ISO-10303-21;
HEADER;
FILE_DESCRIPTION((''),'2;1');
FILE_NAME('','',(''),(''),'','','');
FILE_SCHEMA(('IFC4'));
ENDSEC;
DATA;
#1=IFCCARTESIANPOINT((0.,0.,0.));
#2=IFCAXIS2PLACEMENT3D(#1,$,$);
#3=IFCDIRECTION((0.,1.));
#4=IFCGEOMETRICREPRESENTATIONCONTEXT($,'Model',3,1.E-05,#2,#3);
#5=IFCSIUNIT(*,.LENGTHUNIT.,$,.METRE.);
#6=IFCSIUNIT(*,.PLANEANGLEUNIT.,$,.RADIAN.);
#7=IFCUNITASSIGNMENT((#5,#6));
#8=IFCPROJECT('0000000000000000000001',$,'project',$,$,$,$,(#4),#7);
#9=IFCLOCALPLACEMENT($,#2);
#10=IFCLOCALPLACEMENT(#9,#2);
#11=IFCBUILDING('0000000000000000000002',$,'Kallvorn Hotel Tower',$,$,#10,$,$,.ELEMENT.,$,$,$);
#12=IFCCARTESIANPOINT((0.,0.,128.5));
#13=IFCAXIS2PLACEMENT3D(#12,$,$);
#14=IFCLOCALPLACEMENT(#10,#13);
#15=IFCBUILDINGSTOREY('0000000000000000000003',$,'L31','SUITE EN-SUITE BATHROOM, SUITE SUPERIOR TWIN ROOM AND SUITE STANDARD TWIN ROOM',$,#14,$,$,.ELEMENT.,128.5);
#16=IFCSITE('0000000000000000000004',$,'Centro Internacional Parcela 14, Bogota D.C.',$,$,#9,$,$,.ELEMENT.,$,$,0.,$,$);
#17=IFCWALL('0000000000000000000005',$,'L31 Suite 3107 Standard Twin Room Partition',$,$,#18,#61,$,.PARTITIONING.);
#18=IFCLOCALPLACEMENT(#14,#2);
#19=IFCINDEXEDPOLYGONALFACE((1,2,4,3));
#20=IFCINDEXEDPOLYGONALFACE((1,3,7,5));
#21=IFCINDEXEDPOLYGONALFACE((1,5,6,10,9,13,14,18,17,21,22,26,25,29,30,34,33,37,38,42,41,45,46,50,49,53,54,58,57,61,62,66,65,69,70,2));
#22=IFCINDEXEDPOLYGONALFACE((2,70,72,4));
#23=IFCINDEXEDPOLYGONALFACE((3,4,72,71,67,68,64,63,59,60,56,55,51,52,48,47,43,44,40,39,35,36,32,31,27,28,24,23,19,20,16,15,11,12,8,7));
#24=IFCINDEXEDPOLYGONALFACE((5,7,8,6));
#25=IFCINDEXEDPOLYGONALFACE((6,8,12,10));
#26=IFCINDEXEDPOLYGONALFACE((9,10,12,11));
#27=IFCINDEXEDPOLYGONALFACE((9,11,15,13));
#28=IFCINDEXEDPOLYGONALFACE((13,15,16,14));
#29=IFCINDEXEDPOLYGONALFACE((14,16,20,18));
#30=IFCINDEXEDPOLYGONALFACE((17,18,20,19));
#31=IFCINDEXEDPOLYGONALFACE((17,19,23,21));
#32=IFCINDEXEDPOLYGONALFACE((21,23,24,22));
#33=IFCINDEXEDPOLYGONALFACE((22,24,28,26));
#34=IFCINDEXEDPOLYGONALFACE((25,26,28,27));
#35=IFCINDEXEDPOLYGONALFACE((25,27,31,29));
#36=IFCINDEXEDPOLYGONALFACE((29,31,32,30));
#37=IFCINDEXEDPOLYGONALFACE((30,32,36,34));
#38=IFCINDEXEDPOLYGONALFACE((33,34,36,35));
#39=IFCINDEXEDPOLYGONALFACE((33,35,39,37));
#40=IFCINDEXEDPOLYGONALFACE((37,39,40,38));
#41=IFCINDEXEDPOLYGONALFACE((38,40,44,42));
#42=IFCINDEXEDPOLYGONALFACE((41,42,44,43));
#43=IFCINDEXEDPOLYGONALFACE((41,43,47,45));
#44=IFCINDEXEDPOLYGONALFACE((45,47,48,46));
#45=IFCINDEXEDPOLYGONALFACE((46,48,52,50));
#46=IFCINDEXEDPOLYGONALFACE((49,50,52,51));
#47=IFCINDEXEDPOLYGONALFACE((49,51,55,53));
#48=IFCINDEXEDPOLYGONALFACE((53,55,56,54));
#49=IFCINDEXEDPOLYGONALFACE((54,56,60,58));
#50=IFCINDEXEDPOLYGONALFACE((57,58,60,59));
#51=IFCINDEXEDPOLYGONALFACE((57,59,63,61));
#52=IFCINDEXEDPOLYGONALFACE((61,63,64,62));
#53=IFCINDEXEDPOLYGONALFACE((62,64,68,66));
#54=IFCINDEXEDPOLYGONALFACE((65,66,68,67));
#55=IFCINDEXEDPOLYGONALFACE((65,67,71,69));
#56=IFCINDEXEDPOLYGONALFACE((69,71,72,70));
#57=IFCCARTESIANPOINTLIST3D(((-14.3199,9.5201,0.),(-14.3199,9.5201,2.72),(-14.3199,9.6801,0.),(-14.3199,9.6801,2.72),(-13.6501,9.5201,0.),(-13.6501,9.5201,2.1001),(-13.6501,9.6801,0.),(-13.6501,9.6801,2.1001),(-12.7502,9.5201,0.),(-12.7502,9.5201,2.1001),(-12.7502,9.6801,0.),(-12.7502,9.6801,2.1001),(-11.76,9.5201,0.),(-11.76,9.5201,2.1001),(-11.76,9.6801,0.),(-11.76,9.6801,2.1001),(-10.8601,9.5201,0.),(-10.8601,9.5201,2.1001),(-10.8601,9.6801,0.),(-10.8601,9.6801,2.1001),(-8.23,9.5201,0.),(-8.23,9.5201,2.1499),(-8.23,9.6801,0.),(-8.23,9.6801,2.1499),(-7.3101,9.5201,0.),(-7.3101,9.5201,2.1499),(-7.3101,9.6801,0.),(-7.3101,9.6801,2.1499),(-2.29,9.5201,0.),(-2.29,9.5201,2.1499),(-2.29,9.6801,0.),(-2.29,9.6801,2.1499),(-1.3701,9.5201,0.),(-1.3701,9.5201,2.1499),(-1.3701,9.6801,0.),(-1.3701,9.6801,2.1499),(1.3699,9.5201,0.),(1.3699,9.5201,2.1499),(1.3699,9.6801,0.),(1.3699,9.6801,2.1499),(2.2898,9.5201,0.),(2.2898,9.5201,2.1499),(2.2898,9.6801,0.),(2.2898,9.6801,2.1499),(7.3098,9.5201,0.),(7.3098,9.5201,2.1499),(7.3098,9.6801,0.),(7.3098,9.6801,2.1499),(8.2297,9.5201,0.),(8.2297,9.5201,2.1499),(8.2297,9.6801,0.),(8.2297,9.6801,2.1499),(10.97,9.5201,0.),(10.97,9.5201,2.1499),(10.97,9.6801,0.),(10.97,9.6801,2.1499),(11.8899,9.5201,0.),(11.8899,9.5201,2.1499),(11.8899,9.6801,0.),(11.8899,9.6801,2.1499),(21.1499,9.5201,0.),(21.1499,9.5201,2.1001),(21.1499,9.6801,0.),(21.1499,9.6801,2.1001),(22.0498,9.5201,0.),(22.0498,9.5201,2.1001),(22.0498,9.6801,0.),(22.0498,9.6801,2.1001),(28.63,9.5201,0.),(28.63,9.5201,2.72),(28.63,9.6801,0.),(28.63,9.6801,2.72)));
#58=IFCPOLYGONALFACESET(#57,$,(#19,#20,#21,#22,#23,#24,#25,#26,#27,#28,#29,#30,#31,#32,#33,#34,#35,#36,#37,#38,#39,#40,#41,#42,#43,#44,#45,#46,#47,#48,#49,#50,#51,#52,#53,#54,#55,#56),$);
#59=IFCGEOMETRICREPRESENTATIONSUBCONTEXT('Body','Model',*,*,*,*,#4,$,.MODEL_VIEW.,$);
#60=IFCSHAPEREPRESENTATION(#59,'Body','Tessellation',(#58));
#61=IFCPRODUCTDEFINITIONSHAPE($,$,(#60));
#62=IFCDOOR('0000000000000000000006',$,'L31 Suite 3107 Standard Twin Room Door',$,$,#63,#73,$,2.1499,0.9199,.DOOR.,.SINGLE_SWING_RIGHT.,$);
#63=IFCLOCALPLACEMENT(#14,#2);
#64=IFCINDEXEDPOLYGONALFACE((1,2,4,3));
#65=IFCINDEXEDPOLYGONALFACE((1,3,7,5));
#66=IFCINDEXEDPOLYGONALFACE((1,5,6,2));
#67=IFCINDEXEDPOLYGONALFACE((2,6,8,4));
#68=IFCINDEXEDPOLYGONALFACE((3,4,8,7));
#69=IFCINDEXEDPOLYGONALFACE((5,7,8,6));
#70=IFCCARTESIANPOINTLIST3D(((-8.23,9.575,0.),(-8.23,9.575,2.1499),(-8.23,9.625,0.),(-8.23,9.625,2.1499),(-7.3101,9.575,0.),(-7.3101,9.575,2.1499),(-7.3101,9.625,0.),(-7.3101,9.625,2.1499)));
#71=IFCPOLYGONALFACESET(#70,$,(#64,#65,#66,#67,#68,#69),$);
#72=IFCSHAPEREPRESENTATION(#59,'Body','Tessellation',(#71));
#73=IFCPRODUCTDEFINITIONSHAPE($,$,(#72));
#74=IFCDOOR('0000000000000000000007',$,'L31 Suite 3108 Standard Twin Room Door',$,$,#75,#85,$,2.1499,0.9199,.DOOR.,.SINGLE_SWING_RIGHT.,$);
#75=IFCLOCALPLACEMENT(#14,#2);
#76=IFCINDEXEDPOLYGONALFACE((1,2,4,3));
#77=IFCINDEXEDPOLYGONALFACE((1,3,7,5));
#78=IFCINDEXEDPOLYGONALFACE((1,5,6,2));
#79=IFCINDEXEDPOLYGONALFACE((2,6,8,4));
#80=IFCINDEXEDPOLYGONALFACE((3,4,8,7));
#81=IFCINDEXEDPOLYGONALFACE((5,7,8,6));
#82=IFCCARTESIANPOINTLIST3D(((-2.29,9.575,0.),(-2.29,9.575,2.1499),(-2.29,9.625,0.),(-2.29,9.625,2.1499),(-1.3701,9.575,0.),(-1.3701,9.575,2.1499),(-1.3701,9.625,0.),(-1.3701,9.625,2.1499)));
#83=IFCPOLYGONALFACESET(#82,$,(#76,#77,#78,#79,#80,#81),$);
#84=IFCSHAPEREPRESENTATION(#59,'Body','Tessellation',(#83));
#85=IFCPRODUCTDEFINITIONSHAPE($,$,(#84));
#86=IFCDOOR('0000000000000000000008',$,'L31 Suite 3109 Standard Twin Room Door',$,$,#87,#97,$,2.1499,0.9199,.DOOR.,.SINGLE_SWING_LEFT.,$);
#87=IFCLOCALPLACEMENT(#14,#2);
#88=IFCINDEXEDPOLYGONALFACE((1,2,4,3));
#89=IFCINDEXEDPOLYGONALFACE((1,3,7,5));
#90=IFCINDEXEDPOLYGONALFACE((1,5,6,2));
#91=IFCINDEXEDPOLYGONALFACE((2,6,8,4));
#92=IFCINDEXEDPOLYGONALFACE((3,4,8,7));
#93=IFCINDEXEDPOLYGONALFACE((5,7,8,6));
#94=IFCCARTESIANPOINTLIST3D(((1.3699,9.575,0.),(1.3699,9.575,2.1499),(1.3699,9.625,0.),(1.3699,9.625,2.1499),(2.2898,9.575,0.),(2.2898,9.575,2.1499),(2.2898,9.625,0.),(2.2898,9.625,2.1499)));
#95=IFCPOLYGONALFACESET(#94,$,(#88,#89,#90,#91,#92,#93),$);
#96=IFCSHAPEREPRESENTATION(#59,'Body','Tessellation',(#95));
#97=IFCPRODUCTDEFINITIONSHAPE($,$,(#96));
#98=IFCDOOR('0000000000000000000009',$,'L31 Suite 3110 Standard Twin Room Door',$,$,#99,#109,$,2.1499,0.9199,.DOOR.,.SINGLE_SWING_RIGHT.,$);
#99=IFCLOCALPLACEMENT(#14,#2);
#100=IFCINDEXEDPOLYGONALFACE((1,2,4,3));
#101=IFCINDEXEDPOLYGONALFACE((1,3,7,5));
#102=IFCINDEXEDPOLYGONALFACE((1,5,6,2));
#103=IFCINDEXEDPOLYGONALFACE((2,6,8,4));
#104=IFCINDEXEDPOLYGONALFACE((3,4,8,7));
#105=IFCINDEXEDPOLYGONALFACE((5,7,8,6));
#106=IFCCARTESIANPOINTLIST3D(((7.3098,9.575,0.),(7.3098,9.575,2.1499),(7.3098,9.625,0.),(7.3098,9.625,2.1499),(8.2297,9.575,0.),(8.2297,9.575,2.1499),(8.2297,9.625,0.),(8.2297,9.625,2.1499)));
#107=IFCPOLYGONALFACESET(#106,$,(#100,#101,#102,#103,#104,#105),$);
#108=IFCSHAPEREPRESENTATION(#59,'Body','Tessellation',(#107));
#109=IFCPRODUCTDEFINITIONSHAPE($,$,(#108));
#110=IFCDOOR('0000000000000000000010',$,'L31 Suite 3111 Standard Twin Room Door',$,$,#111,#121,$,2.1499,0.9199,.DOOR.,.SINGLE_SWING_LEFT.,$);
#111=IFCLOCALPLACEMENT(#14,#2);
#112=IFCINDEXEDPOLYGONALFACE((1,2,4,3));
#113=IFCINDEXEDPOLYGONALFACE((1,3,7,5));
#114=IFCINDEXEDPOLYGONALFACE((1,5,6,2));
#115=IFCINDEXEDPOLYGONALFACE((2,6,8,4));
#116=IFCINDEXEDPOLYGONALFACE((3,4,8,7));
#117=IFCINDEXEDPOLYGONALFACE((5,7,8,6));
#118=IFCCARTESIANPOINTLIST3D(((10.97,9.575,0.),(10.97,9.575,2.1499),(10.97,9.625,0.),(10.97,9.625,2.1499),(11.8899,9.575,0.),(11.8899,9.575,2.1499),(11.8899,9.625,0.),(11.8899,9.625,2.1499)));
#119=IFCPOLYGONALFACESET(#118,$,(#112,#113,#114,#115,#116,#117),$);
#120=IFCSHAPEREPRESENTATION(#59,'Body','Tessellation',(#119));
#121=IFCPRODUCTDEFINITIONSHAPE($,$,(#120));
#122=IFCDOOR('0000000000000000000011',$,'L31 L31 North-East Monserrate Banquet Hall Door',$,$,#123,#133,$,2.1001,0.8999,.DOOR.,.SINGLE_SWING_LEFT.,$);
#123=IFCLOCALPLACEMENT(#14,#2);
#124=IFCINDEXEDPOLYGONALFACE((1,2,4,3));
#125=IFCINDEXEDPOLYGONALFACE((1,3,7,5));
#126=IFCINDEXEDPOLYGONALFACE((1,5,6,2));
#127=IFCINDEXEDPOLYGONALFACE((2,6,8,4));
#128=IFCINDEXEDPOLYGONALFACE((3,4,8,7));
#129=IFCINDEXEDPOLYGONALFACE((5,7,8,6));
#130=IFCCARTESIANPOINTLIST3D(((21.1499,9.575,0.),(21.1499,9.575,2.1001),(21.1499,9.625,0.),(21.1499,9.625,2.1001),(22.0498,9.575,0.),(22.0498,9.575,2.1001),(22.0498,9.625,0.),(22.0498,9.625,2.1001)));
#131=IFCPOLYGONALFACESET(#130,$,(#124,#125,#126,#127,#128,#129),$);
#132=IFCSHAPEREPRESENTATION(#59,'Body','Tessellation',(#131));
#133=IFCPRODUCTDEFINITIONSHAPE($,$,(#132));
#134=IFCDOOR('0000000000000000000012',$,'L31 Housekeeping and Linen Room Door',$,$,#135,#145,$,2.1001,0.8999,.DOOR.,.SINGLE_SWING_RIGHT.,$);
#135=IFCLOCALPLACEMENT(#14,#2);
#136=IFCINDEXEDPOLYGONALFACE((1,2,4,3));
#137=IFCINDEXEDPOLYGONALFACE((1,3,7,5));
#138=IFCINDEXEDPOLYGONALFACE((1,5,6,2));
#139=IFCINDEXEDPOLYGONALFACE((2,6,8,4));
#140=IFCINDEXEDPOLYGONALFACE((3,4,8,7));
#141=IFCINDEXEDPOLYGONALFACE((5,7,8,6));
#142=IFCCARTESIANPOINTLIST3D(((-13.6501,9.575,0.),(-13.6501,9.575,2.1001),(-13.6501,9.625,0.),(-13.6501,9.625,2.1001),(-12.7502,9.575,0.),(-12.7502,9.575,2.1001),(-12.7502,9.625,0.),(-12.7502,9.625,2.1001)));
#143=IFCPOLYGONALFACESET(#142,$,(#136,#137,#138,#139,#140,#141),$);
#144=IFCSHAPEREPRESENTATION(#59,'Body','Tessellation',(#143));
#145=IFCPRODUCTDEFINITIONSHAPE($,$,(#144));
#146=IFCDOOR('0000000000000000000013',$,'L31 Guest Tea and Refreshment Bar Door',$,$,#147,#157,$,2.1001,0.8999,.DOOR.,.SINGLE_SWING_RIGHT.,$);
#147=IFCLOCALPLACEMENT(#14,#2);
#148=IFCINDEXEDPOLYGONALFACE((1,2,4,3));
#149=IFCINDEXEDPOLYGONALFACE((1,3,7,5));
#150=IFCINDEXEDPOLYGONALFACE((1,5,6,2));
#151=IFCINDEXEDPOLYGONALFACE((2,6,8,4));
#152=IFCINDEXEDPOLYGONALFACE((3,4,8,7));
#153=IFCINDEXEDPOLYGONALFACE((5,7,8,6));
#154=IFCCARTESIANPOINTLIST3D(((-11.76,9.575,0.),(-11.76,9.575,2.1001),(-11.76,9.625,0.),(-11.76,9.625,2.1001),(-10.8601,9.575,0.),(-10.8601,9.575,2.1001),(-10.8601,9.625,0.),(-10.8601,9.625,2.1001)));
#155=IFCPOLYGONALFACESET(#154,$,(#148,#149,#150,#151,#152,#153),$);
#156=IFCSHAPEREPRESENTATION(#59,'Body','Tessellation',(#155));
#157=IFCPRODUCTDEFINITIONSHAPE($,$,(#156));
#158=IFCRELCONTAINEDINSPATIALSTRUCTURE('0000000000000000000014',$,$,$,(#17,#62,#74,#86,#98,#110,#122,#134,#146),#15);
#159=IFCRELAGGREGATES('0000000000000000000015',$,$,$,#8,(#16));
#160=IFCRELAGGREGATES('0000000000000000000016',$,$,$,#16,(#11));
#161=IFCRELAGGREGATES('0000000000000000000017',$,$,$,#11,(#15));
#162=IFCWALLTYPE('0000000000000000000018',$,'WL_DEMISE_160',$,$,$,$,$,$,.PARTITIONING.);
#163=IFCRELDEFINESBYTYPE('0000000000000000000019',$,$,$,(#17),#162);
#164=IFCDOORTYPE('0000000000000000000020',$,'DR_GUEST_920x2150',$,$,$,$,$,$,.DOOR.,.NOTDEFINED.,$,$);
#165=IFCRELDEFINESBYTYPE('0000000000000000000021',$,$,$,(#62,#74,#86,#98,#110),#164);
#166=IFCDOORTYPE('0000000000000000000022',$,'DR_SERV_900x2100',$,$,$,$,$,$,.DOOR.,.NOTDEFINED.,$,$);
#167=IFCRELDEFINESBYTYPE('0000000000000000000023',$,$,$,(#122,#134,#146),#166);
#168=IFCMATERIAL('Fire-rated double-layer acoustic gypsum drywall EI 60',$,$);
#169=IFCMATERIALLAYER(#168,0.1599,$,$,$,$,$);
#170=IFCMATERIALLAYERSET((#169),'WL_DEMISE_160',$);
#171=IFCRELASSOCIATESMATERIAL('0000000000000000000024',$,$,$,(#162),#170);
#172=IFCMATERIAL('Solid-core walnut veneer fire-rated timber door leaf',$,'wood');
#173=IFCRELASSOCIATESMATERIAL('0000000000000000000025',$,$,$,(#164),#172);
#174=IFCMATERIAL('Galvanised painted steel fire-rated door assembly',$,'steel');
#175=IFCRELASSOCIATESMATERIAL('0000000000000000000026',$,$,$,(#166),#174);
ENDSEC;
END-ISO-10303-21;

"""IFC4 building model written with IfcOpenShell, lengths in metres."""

from ifc_helpers import new_model, si_unit, direction, frame, frame_2d, origin, place, context, subcontext, project, spatial, rectangle, extrude, material, layer, layer_set, type_object, element, fill, save


model = new_model("IFC4")

# Units and contexts
model_context = context("Model", 3, precision=1e-05, world=origin(), true_north=direction((0.0, 1.0)))
body_context = subcontext(model_context, "Body", "Model", "MODEL_VIEW")
ifc_project = project(units=[si_unit("LENGTHUNIT", "METRE"), si_unit("PLANEANGLEUNIT", "RADIAN")], contexts=[model_context])

# Site, building, storey
site_placement = place(None, origin())
site = spatial("IfcSite", under=ifc_project, at=site_placement, Name="Centro Internacional Parcela 14, Bogota D.C.", CompositionType="ELEMENT", RefElevation=0.0)
building_placement = place(site_placement, origin())
building = spatial("IfcBuilding", under=site, at=building_placement, Name="Kallvorn Hotel Tower", CompositionType="ELEMENT")
storey_placement = place(building_placement, frame((0.0, 0.0, 128.5)))
storey = spatial("IfcBuildingStorey", under=building, at=storey_placement, Name="L31", Description="SUITE EN-SUITE BATHROOM, SUITE SUPERIOR TWIN ROOM AND SUITE STANDARD TWIN ROOM", CompositionType="ELEMENT", Elevation=128.5)

# Wall, openings, doors
ifc_material_1 = material(Name="Fire-rated double-layer acoustic gypsum drywall EI 60")
ifc_layer_1 = layer(ifc_material_1, 0.1599)
ifc_layer_set_1 = layer_set([ifc_layer_1], Name="WL_DEMISE_160")
wall_type_1 = type_object("IfcWallType", Name="WL_DEMISE_160", PredefinedType="PARTITIONING", material=ifc_layer_set_1)
wall_1_placement = place(storey_placement, frame((-14.3201, 9.6001, 0.0), z_axis=(0.0, 0.0, 1.0), x_axis=(1.0, 0.0, 0.0)))
wall_1 = element("IfcWall", 1, at=wall_1_placement, inside=storey, type_object=wall_type_1, Name="L31 Suite 3107 Standard Twin Room Partition", PredefinedType="PARTITIONING", context=body_context, shape_type="SweptSolid", body=[
    extrude(rectangle(XDim=42.95, YDim=0.1599, at=frame_2d((21.4751, 0.0))), origin(), (0.0, 0.0, 1.0), 2.72),
])
opening_1_placement = place(wall_1_placement, frame((35.47, 0.0, 0.0)))
opening_1 = element("IfcOpeningElement", 2, at=opening_1_placement, cuts=wall_1, PredefinedType="OPENING", context=body_context, shape_type="SweptSolid", body=[
    extrude(rectangle(XDim=0.8999, YDim=2.1001, at=frame_2d((0.45, 1.05))), frame((0.0, 0.095, 0.0), z_axis=(0.0, -1.0, 0.0), x_axis=(1.0, 0.0, 0.0)), (0.0, 0.0, 1.0), 0.1899),
])
opening_2_placement = place(wall_1_placement, frame((0.6699, 0.0, 0.0)))
opening_2 = element("IfcOpeningElement", 3, at=opening_2_placement, cuts=wall_1, PredefinedType="OPENING", context=body_context, shape_type="SweptSolid", body=[
    extrude(rectangle(XDim=0.8999, YDim=2.1001, at=frame_2d((0.45, 1.05))), frame((0.0, 0.095, 0.0), z_axis=(0.0, -1.0, 0.0), x_axis=(1.0, 0.0, 0.0)), (0.0, 0.0, 1.0), 0.1899),
])
opening_3_placement = place(wall_1_placement, frame((2.5601, 0.0, 0.0)))
opening_3 = element("IfcOpeningElement", 4, at=opening_3_placement, cuts=wall_1, PredefinedType="OPENING", context=body_context, shape_type="SweptSolid", body=[
    extrude(rectangle(XDim=0.8999, YDim=2.1001, at=frame_2d((0.45, 1.05))), frame((0.0, 0.095, 0.0), z_axis=(0.0, -1.0, 0.0), x_axis=(1.0, 0.0, 0.0)), (0.0, 0.0, 1.0), 0.1899),
])
opening_4_placement = place(wall_1_placement, frame((6.0901, 0.0, 0.0)))
opening_4 = element("IfcOpeningElement", 5, at=opening_4_placement, cuts=wall_1, PredefinedType="OPENING", context=body_context, shape_type="SweptSolid", body=[
    extrude(rectangle(XDim=0.9199, YDim=2.1499, at=frame_2d((0.46, 1.075))), frame((0.0, 0.095, 0.0), z_axis=(0.0, -1.0, 0.0), x_axis=(1.0, 0.0, 0.0)), (0.0, 0.0, 1.0), 0.1899),
])
opening_5_placement = place(wall_1_placement, frame((12.03, 0.0, 0.0)))
opening_5 = element("IfcOpeningElement", 6, at=opening_5_placement, cuts=wall_1, PredefinedType="OPENING", context=body_context, shape_type="SweptSolid", body=[
    extrude(rectangle(XDim=0.9199, YDim=2.1499, at=frame_2d((0.46, 1.075))), frame((0.0, 0.095, 0.0), z_axis=(0.0, -1.0, 0.0), x_axis=(1.0, 0.0, 0.0)), (0.0, 0.0, 1.0), 0.1899),
])
opening_6_placement = place(wall_1_placement, frame((15.6899, 0.0, 0.0)))
opening_6 = element("IfcOpeningElement", 7, at=opening_6_placement, cuts=wall_1, PredefinedType="OPENING", context=body_context, shape_type="SweptSolid", body=[
    extrude(rectangle(XDim=0.9199, YDim=2.1499, at=frame_2d((0.46, 1.075))), frame((0.0, 0.095, 0.0), z_axis=(0.0, -1.0, 0.0), x_axis=(1.0, 0.0, 0.0)), (0.0, 0.0, 1.0), 0.1899),
])
opening_7_placement = place(wall_1_placement, frame((21.6299, 0.0, 0.0)))
opening_7 = element("IfcOpeningElement", 8, at=opening_7_placement, cuts=wall_1, PredefinedType="OPENING", context=body_context, shape_type="SweptSolid", body=[
    extrude(rectangle(XDim=0.9199, YDim=2.1499, at=frame_2d((0.46, 1.075))), frame((0.0, 0.095, 0.0), z_axis=(0.0, -1.0, 0.0), x_axis=(1.0, 0.0, 0.0)), (0.0, 0.0, 1.0), 0.1899),
])
opening_8_placement = place(wall_1_placement, frame((25.29, 0.0, 0.0)))
opening_8 = element("IfcOpeningElement", 9, at=opening_8_placement, cuts=wall_1, PredefinedType="OPENING", context=body_context, shape_type="SweptSolid", body=[
    extrude(rectangle(XDim=0.9199, YDim=2.1499, at=frame_2d((0.46, 1.075))), frame((0.0, 0.095, 0.0), z_axis=(0.0, -1.0, 0.0), x_axis=(1.0, 0.0, 0.0)), (0.0, 0.0, 1.0), 0.1899),
])
ifc_material_2 = material(Name="Solid-core walnut veneer fire-rated timber door leaf", Category="wood")
door_type_1 = type_object("IfcDoorType", Name="DR_GUEST_920x2150", OperationType="NOTDEFINED", PredefinedType="DOOR", material=ifc_material_2)
door_1_placement = place(opening_4_placement, origin())
door_1 = element("IfcDoor", 10, at=door_1_placement, inside=storey, type_object=door_type_1, Name="L31 Suite 3107 Standard Twin Room Door", OperationType="SINGLE_SWING_RIGHT", OverallHeight=2.1499, OverallWidth=0.9199, PredefinedType="DOOR", context=body_context, shape_type="SweptSolid", body=[
    extrude(rectangle(XDim=0.9199, YDim=2.1499, at=frame_2d((0.46, 1.075))), frame((0.0, 0.0249, 0.0), z_axis=(0.0, -1.0, 0.0), x_axis=(1.0, 0.0, 0.0)), (0.0, 0.0, 1.0), 0.05),
])
fill(opening_4, door_1)
door_2_placement = place(opening_5_placement, origin())
door_2 = element("IfcDoor", 11, at=door_2_placement, inside=storey, type_object=door_type_1, Name="L31 Suite 3108 Standard Twin Room Door", OperationType="SINGLE_SWING_RIGHT", OverallHeight=2.1499, OverallWidth=0.9199, PredefinedType="DOOR", context=body_context, shape_type="SweptSolid", body=[
    extrude(rectangle(XDim=0.9199, YDim=2.1499, at=frame_2d((0.46, 1.075))), frame((0.0, 0.0249, 0.0), z_axis=(0.0, -1.0, 0.0), x_axis=(1.0, 0.0, 0.0)), (0.0, 0.0, 1.0), 0.05),
])
fill(opening_5, door_2)
door_3_placement = place(opening_6_placement, origin())
door_3 = element("IfcDoor", 12, at=door_3_placement, inside=storey, type_object=door_type_1, Name="L31 Suite 3109 Standard Twin Room Door", OperationType="SINGLE_SWING_LEFT", OverallHeight=2.1499, OverallWidth=0.9199, PredefinedType="DOOR", context=body_context, shape_type="SweptSolid", body=[
    extrude(rectangle(XDim=0.9199, YDim=2.1499, at=frame_2d((0.46, 1.075))), frame((0.0, 0.0249, 0.0), z_axis=(0.0, -1.0, 0.0), x_axis=(1.0, 0.0, 0.0)), (0.0, 0.0, 1.0), 0.05),
])
fill(opening_6, door_3)
door_4_placement = place(opening_7_placement, origin())
door_4 = element("IfcDoor", 13, at=door_4_placement, inside=storey, type_object=door_type_1, Name="L31 Suite 3110 Standard Twin Room Door", OperationType="SINGLE_SWING_RIGHT", OverallHeight=2.1499, OverallWidth=0.9199, PredefinedType="DOOR", context=body_context, shape_type="SweptSolid", body=[
    extrude(rectangle(XDim=0.9199, YDim=2.1499, at=frame_2d((0.46, 1.075))), frame((0.0, 0.0249, 0.0), z_axis=(0.0, -1.0, 0.0), x_axis=(1.0, 0.0, 0.0)), (0.0, 0.0, 1.0), 0.05),
])
fill(opening_7, door_4)
door_5_placement = place(opening_8_placement, origin())
door_5 = element("IfcDoor", 14, at=door_5_placement, inside=storey, type_object=door_type_1, Name="L31 Suite 3111 Standard Twin Room Door", OperationType="SINGLE_SWING_LEFT", OverallHeight=2.1499, OverallWidth=0.9199, PredefinedType="DOOR", context=body_context, shape_type="SweptSolid", body=[
    extrude(rectangle(XDim=0.9199, YDim=2.1499, at=frame_2d((0.46, 1.075))), frame((0.0, 0.0249, 0.0), z_axis=(0.0, -1.0, 0.0), x_axis=(1.0, 0.0, 0.0)), (0.0, 0.0, 1.0), 0.05),
])
fill(opening_8, door_5)
ifc_material_3 = material(Name="Galvanised painted steel fire-rated door assembly", Category="steel")
door_type_2 = type_object("IfcDoorType", Name="DR_SERV_900x2100", OperationType="NOTDEFINED", PredefinedType="DOOR", material=ifc_material_3)
door_6_placement = place(opening_1_placement, origin())
door_6 = element("IfcDoor", 15, at=door_6_placement, inside=storey, type_object=door_type_2, Name="L31 L31 North-East Monserrate Banquet Hall Door", OperationType="SINGLE_SWING_LEFT", OverallHeight=2.1001, OverallWidth=0.8999, PredefinedType="DOOR", context=body_context, shape_type="SweptSolid", body=[
    extrude(rectangle(XDim=0.8999, YDim=2.1001, at=frame_2d((0.45, 1.05))), frame((0.0, 0.0249, 0.0), z_axis=(0.0, -1.0, 0.0), x_axis=(1.0, 0.0, 0.0)), (0.0, 0.0, 1.0), 0.05),
])
fill(opening_1, door_6)
door_7_placement = place(opening_2_placement, origin())
door_7 = element("IfcDoor", 16, at=door_7_placement, inside=storey, type_object=door_type_2, Name="L31 Housekeeping and Linen Room Door", OperationType="SINGLE_SWING_RIGHT", OverallHeight=2.1001, OverallWidth=0.8999, PredefinedType="DOOR", context=body_context, shape_type="SweptSolid", body=[
    extrude(rectangle(XDim=0.8999, YDim=2.1001, at=frame_2d((0.45, 1.05))), frame((0.0, 0.0249, 0.0), z_axis=(0.0, -1.0, 0.0), x_axis=(1.0, 0.0, 0.0)), (0.0, 0.0, 1.0), 0.05),
])
fill(opening_2, door_7)
door_8_placement = place(opening_3_placement, origin())
door_8 = element("IfcDoor", 17, at=door_8_placement, inside=storey, type_object=door_type_2, Name="L31 Guest Tea and Refreshment Bar Door", OperationType="SINGLE_SWING_RIGHT", OverallHeight=2.1001, OverallWidth=0.8999, PredefinedType="DOOR", context=body_context, shape_type="SweptSolid", body=[
    extrude(rectangle(XDim=0.8999, YDim=2.1001, at=frame_2d((0.45, 1.05))), frame((0.0, 0.0249, 0.0), z_axis=(0.0, -1.0, 0.0), x_axis=(1.0, 0.0, 0.0)), (0.0, 0.0, 1.0), 0.05),
])
fill(opening_3, door_8)

save(model, "model.ifc")
